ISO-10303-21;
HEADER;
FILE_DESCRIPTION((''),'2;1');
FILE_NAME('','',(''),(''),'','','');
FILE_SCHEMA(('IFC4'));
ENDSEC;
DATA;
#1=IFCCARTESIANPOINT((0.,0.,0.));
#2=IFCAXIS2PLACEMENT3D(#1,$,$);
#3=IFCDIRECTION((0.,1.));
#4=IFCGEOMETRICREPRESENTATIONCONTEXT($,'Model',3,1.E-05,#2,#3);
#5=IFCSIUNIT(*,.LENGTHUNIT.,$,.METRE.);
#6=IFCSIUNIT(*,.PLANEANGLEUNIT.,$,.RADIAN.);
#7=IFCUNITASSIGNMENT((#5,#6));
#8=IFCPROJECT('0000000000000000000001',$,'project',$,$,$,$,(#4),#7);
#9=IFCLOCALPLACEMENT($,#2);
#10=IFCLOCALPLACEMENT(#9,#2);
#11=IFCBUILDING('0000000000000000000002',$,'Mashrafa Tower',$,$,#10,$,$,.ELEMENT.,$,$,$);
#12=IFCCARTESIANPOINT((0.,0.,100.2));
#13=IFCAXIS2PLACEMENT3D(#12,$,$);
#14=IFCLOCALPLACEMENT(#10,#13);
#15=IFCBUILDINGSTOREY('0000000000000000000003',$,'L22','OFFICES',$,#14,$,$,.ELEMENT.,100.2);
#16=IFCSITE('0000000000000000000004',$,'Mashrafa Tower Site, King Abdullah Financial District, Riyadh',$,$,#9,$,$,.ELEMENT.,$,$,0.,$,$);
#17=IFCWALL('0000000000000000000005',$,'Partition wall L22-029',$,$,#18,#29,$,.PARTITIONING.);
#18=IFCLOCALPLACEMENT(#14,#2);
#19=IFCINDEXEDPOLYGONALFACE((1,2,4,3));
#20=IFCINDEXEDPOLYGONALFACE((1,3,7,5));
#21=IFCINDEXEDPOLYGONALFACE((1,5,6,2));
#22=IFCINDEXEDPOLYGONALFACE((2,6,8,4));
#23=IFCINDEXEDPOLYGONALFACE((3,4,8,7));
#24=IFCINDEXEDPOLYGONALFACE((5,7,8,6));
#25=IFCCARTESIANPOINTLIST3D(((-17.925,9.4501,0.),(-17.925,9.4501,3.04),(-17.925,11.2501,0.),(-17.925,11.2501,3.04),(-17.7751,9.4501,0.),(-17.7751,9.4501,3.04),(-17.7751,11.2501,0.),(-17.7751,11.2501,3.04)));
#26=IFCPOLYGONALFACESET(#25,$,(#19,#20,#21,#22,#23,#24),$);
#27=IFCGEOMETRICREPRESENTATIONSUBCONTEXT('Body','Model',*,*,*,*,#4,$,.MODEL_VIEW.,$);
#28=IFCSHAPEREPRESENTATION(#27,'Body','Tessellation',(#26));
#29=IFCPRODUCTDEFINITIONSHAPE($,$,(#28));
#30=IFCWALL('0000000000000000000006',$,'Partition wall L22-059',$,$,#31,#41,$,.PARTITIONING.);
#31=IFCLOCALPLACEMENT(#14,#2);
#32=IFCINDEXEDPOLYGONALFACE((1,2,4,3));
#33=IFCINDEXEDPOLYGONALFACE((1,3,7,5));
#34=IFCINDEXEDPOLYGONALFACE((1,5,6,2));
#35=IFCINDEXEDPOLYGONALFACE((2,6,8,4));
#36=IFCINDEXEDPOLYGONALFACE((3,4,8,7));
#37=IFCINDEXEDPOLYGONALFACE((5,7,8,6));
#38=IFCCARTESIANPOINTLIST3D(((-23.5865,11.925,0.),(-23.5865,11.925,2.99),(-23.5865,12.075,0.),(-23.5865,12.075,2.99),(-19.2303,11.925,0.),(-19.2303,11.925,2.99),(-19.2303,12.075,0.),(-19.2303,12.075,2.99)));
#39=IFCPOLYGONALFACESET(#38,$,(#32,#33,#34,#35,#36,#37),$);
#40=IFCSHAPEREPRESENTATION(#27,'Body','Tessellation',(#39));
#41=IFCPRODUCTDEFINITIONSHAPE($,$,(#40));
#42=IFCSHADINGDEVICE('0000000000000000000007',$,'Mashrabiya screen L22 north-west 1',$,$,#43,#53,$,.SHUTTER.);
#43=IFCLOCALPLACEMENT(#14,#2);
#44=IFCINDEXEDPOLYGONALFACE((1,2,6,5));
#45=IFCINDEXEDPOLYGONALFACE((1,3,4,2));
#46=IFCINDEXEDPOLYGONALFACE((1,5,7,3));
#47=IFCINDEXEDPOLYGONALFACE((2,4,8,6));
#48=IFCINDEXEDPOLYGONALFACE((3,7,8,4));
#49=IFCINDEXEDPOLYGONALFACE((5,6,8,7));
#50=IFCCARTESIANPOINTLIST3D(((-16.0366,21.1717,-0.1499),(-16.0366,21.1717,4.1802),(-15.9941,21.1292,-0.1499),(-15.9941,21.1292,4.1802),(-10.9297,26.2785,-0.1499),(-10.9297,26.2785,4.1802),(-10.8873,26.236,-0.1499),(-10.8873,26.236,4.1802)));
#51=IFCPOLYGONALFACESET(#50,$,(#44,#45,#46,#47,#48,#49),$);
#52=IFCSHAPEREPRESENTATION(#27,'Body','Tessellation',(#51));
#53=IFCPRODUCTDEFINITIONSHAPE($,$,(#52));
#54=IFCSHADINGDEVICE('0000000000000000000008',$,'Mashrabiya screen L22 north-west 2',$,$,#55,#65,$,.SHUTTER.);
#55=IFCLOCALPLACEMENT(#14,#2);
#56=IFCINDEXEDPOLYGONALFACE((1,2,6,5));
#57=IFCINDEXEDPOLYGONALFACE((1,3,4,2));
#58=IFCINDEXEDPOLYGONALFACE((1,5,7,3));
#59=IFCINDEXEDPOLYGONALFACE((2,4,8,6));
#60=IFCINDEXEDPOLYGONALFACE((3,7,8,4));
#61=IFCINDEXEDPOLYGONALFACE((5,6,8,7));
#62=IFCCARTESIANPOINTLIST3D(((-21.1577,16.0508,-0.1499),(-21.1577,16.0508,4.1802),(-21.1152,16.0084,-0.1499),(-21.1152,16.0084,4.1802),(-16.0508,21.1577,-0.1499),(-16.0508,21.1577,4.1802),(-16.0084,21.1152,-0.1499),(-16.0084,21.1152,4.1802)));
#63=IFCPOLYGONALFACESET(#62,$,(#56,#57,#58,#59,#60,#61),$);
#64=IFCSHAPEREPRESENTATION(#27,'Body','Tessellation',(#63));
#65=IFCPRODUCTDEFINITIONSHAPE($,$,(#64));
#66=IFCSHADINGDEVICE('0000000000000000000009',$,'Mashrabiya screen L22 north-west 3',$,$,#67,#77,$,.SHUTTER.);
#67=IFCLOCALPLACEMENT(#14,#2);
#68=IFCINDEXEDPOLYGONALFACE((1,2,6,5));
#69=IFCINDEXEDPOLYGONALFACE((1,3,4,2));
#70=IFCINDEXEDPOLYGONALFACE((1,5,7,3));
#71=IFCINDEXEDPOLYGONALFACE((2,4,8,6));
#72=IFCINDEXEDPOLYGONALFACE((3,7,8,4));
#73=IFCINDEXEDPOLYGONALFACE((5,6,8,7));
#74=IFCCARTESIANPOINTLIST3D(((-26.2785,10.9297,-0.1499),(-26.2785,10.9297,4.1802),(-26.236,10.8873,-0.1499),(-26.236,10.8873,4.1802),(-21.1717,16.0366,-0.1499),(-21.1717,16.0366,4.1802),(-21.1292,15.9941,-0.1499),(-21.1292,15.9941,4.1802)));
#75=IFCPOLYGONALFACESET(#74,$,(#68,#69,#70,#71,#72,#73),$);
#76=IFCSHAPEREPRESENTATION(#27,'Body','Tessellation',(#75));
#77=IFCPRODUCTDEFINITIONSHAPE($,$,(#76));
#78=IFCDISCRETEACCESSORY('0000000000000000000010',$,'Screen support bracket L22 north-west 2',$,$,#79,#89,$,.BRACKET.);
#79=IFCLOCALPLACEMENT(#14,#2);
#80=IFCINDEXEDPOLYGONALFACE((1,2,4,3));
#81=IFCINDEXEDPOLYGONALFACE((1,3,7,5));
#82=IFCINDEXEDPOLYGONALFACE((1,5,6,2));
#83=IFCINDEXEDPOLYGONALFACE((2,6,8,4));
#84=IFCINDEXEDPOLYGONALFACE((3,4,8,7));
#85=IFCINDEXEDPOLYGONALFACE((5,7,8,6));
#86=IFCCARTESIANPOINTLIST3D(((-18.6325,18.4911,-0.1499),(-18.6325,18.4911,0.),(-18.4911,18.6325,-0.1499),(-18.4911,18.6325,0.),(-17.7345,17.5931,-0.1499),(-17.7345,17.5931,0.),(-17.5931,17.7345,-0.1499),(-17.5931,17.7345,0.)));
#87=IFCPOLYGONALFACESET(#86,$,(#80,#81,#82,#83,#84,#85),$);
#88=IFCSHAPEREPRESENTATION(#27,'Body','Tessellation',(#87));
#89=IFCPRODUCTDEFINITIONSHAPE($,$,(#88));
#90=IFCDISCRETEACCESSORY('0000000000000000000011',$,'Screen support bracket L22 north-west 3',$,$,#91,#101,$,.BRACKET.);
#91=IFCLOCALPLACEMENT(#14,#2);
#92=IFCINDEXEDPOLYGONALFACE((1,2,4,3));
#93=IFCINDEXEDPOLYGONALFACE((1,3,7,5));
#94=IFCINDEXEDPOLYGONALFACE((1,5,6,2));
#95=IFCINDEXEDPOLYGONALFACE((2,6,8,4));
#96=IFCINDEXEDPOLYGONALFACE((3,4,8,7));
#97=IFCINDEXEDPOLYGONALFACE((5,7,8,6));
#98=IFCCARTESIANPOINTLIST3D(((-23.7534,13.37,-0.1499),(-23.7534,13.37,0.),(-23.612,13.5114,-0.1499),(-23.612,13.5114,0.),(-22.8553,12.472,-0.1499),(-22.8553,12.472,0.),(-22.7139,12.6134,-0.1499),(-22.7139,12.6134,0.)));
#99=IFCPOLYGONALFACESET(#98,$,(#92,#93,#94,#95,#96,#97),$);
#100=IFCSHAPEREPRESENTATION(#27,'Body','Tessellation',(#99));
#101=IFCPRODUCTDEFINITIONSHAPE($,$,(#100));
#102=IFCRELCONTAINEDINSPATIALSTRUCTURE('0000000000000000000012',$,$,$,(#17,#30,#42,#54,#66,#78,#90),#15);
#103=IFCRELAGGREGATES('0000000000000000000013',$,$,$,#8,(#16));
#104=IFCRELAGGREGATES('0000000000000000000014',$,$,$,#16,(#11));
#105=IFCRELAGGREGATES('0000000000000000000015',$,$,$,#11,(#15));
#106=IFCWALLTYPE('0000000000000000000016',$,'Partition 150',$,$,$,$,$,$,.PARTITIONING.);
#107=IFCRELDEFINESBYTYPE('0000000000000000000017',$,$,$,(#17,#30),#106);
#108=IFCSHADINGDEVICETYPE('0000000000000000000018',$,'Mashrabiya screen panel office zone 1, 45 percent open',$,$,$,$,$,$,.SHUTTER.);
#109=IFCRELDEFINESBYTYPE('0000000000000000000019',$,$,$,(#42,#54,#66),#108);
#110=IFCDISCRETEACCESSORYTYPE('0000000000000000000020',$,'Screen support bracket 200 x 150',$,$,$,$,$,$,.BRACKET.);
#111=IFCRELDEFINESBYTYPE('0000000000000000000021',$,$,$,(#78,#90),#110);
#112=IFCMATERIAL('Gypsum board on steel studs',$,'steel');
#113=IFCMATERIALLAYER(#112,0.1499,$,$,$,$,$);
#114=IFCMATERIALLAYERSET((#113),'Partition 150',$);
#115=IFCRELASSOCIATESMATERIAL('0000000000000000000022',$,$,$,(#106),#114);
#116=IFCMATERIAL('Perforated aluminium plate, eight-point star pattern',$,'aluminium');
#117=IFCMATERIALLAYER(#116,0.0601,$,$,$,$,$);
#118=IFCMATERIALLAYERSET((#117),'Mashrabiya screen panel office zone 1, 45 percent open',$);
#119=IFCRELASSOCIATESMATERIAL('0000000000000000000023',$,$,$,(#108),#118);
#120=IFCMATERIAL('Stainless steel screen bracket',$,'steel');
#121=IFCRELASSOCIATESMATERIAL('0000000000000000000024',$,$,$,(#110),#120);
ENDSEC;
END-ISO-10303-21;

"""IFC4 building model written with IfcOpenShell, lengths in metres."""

from ifc_helpers import new_model, si_unit, direction, frame, frame_2d, origin, origin_2d, place, context, subcontext, project, spatial, rectangle, extrude, source, transform, mapped, material, layer, layer_set, type_object, type_shapes, element, save


model = new_model("IFC4")

# Units and contexts
model_context = context("Model", 3, precision=1e-05, world=origin(), true_north=direction((0.0, 1.0)))
body_context = subcontext(model_context, "Body", "Model", "MODEL_VIEW")
ifc_project = project(units=[si_unit("LENGTHUNIT", "METRE"), si_unit("PLANEANGLEUNIT", "RADIAN")], contexts=[model_context])

# Site, building, storey
site_placement = place(None, origin())
site = spatial("IfcSite", under=ifc_project, at=site_placement, Name="Mashrafa Tower Site, King Abdullah Financial District, Riyadh", CompositionType="ELEMENT", RefElevation=0.0)
building_placement = place(site_placement, origin())
building = spatial("IfcBuilding", under=site, at=building_placement, Name="Mashrafa Tower", CompositionType="ELEMENT")
storey_placement = place(building_placement, frame((0.0, 0.0, 100.2)))
storey = spatial("IfcBuildingStorey", under=building, at=storey_placement, Name="L22", Description="OFFICES", CompositionType="ELEMENT", Elevation=100.2)

# Walls
ifc_material_1 = material(Name="Gypsum board on steel studs", Category="steel")
ifc_layer_1 = layer(ifc_material_1, 0.1499)
ifc_layer_set_1 = layer_set([ifc_layer_1], Name="Partition 150")
wall_type = type_object("IfcWallType", Name="Partition 150", PredefinedType="PARTITIONING", material=ifc_layer_set_1)
wall_1_placement = place(storey_placement, frame((-17.8501, 11.25, 0.0), z_axis=(0.0, 0.0, 1.0), x_axis=(0.0, -1.0, 0.0)))
element("IfcWall", 1, at=wall_1_placement, inside=storey, type_object=wall_type, Name="Partition wall L22-029", PredefinedType="PARTITIONING", context=body_context, shape_type="SweptSolid", body=[
    extrude(rectangle(XDim=1.8, YDim=0.1499, at=frame_2d((0.8999, 0.0))), origin(), (0.0, 0.0, 1.0), 3.04),
])
wall_2_placement = place(storey_placement, frame((-19.2302, 12.0, 0.0), z_axis=(0.0, 0.0, 1.0), x_axis=(-1.0, 0.0, 0.0)))
element("IfcWall", 2, at=wall_2_placement, inside=storey, type_object=wall_type, Name="Partition wall L22-059", PredefinedType="PARTITIONING", context=body_context, shape_type="SweptSolid", body=[
    extrude(rectangle(XDim=4.3562, YDim=0.1499, at=frame_2d((2.1782, 0.0))), origin(), (0.0, 0.0, 1.0), 2.99),
])

# Shading devices
ifc_material_2 = material(Name="Perforated aluminium plate, eight-point star pattern", Category="aluminium")
ifc_layer_2 = layer(ifc_material_2, 0.0601)
ifc_layer_set_2 = layer_set([ifc_layer_2], Name="Mashrabiya screen panel office zone 1, 45 percent open")
shading_device_type = type_object("IfcShadingDeviceType", Name="Mashrabiya screen panel office zone 1, 45 percent open", PredefinedType="SHUTTER", material=ifc_layer_set_2)
shared_shape_1 = source(origin(), body_context, "Body", "SweptSolid", [
    extrude(rectangle(XDim=7.2222, YDim=0.0601, at=origin_2d()), origin(), (0.0, 0.0, 1.0), 4.3301),
])
type_shapes(shading_device_type, [shared_shape_1])
for number, where, z_axis, x_axis, name in (
    (3, (-13.4619, 23.7039, -0.1499), (0.0, 0.0, 1.0), (-0.707107, -0.707107, 0.0), "Mashrabiya screen L22 north-west 1"),
    (4, (-18.583, 18.583, -0.1499), (0.0, 0.0, 1.0), (-0.707107, -0.707107, 0.0), "Mashrabiya screen L22 north-west 2"),
    (5, (-23.7039, 13.4619, -0.1499), (0.0, 0.0, 1.0), (-0.707107, -0.707107, 0.0), "Mashrabiya screen L22 north-west 3"),
):
    element("IfcShadingDevice", number, at=place(storey_placement, frame(where, z_axis=z_axis, x_axis=x_axis)), inside=storey, type_object=shading_device_type, Name=name, PredefinedType="SHUTTER", context=body_context, shape_type="MappedRepresentation", body=[
        mapped(shared_shape_1, transform((0.0, 0.0, 0.0))),
    ])

# Discrete accessories
ifc_material_3 = material(Name="Stainless steel screen bracket", Category="steel")
discrete_accessory_type = type_object("IfcDiscreteAccessoryType", Name="Screen support bracket 200 x 150", PredefinedType="BRACKET", material=ifc_material_3)
shared_shape_2 = source(origin(), body_context, "Body", "SweptSolid", [
    extrude(rectangle(XDim=0.2, YDim=1.27, at=origin_2d()), origin(), (0.0, 0.0, 1.0), 0.1499),
])
type_shapes(discrete_accessory_type, [shared_shape_2])
for number, where, z_axis, x_axis, name in (
    (6, (-18.1128, 18.1128, -0.1499), (0.0, 0.0, 1.0), (-0.707107, -0.707107, 0.0), "Screen support bracket L22 north-west 2"),
    (7, (-23.2336, 12.9917, -0.1499), (0.0, 0.0, 1.0), (-0.707107, -0.707107, 0.0), "Screen support bracket L22 north-west 3"),
):
    element("IfcDiscreteAccessory", number, at=place(storey_placement, frame(where, z_axis=z_axis, x_axis=x_axis)), inside=storey, type_object=discrete_accessory_type, Name=name, PredefinedType="BRACKET", context=body_context, shape_type="MappedRepresentation", body=[
        mapped(shared_shape_2, transform((0.0, 0.0, 0.0))),
    ])

save(model, "model.ifc")
